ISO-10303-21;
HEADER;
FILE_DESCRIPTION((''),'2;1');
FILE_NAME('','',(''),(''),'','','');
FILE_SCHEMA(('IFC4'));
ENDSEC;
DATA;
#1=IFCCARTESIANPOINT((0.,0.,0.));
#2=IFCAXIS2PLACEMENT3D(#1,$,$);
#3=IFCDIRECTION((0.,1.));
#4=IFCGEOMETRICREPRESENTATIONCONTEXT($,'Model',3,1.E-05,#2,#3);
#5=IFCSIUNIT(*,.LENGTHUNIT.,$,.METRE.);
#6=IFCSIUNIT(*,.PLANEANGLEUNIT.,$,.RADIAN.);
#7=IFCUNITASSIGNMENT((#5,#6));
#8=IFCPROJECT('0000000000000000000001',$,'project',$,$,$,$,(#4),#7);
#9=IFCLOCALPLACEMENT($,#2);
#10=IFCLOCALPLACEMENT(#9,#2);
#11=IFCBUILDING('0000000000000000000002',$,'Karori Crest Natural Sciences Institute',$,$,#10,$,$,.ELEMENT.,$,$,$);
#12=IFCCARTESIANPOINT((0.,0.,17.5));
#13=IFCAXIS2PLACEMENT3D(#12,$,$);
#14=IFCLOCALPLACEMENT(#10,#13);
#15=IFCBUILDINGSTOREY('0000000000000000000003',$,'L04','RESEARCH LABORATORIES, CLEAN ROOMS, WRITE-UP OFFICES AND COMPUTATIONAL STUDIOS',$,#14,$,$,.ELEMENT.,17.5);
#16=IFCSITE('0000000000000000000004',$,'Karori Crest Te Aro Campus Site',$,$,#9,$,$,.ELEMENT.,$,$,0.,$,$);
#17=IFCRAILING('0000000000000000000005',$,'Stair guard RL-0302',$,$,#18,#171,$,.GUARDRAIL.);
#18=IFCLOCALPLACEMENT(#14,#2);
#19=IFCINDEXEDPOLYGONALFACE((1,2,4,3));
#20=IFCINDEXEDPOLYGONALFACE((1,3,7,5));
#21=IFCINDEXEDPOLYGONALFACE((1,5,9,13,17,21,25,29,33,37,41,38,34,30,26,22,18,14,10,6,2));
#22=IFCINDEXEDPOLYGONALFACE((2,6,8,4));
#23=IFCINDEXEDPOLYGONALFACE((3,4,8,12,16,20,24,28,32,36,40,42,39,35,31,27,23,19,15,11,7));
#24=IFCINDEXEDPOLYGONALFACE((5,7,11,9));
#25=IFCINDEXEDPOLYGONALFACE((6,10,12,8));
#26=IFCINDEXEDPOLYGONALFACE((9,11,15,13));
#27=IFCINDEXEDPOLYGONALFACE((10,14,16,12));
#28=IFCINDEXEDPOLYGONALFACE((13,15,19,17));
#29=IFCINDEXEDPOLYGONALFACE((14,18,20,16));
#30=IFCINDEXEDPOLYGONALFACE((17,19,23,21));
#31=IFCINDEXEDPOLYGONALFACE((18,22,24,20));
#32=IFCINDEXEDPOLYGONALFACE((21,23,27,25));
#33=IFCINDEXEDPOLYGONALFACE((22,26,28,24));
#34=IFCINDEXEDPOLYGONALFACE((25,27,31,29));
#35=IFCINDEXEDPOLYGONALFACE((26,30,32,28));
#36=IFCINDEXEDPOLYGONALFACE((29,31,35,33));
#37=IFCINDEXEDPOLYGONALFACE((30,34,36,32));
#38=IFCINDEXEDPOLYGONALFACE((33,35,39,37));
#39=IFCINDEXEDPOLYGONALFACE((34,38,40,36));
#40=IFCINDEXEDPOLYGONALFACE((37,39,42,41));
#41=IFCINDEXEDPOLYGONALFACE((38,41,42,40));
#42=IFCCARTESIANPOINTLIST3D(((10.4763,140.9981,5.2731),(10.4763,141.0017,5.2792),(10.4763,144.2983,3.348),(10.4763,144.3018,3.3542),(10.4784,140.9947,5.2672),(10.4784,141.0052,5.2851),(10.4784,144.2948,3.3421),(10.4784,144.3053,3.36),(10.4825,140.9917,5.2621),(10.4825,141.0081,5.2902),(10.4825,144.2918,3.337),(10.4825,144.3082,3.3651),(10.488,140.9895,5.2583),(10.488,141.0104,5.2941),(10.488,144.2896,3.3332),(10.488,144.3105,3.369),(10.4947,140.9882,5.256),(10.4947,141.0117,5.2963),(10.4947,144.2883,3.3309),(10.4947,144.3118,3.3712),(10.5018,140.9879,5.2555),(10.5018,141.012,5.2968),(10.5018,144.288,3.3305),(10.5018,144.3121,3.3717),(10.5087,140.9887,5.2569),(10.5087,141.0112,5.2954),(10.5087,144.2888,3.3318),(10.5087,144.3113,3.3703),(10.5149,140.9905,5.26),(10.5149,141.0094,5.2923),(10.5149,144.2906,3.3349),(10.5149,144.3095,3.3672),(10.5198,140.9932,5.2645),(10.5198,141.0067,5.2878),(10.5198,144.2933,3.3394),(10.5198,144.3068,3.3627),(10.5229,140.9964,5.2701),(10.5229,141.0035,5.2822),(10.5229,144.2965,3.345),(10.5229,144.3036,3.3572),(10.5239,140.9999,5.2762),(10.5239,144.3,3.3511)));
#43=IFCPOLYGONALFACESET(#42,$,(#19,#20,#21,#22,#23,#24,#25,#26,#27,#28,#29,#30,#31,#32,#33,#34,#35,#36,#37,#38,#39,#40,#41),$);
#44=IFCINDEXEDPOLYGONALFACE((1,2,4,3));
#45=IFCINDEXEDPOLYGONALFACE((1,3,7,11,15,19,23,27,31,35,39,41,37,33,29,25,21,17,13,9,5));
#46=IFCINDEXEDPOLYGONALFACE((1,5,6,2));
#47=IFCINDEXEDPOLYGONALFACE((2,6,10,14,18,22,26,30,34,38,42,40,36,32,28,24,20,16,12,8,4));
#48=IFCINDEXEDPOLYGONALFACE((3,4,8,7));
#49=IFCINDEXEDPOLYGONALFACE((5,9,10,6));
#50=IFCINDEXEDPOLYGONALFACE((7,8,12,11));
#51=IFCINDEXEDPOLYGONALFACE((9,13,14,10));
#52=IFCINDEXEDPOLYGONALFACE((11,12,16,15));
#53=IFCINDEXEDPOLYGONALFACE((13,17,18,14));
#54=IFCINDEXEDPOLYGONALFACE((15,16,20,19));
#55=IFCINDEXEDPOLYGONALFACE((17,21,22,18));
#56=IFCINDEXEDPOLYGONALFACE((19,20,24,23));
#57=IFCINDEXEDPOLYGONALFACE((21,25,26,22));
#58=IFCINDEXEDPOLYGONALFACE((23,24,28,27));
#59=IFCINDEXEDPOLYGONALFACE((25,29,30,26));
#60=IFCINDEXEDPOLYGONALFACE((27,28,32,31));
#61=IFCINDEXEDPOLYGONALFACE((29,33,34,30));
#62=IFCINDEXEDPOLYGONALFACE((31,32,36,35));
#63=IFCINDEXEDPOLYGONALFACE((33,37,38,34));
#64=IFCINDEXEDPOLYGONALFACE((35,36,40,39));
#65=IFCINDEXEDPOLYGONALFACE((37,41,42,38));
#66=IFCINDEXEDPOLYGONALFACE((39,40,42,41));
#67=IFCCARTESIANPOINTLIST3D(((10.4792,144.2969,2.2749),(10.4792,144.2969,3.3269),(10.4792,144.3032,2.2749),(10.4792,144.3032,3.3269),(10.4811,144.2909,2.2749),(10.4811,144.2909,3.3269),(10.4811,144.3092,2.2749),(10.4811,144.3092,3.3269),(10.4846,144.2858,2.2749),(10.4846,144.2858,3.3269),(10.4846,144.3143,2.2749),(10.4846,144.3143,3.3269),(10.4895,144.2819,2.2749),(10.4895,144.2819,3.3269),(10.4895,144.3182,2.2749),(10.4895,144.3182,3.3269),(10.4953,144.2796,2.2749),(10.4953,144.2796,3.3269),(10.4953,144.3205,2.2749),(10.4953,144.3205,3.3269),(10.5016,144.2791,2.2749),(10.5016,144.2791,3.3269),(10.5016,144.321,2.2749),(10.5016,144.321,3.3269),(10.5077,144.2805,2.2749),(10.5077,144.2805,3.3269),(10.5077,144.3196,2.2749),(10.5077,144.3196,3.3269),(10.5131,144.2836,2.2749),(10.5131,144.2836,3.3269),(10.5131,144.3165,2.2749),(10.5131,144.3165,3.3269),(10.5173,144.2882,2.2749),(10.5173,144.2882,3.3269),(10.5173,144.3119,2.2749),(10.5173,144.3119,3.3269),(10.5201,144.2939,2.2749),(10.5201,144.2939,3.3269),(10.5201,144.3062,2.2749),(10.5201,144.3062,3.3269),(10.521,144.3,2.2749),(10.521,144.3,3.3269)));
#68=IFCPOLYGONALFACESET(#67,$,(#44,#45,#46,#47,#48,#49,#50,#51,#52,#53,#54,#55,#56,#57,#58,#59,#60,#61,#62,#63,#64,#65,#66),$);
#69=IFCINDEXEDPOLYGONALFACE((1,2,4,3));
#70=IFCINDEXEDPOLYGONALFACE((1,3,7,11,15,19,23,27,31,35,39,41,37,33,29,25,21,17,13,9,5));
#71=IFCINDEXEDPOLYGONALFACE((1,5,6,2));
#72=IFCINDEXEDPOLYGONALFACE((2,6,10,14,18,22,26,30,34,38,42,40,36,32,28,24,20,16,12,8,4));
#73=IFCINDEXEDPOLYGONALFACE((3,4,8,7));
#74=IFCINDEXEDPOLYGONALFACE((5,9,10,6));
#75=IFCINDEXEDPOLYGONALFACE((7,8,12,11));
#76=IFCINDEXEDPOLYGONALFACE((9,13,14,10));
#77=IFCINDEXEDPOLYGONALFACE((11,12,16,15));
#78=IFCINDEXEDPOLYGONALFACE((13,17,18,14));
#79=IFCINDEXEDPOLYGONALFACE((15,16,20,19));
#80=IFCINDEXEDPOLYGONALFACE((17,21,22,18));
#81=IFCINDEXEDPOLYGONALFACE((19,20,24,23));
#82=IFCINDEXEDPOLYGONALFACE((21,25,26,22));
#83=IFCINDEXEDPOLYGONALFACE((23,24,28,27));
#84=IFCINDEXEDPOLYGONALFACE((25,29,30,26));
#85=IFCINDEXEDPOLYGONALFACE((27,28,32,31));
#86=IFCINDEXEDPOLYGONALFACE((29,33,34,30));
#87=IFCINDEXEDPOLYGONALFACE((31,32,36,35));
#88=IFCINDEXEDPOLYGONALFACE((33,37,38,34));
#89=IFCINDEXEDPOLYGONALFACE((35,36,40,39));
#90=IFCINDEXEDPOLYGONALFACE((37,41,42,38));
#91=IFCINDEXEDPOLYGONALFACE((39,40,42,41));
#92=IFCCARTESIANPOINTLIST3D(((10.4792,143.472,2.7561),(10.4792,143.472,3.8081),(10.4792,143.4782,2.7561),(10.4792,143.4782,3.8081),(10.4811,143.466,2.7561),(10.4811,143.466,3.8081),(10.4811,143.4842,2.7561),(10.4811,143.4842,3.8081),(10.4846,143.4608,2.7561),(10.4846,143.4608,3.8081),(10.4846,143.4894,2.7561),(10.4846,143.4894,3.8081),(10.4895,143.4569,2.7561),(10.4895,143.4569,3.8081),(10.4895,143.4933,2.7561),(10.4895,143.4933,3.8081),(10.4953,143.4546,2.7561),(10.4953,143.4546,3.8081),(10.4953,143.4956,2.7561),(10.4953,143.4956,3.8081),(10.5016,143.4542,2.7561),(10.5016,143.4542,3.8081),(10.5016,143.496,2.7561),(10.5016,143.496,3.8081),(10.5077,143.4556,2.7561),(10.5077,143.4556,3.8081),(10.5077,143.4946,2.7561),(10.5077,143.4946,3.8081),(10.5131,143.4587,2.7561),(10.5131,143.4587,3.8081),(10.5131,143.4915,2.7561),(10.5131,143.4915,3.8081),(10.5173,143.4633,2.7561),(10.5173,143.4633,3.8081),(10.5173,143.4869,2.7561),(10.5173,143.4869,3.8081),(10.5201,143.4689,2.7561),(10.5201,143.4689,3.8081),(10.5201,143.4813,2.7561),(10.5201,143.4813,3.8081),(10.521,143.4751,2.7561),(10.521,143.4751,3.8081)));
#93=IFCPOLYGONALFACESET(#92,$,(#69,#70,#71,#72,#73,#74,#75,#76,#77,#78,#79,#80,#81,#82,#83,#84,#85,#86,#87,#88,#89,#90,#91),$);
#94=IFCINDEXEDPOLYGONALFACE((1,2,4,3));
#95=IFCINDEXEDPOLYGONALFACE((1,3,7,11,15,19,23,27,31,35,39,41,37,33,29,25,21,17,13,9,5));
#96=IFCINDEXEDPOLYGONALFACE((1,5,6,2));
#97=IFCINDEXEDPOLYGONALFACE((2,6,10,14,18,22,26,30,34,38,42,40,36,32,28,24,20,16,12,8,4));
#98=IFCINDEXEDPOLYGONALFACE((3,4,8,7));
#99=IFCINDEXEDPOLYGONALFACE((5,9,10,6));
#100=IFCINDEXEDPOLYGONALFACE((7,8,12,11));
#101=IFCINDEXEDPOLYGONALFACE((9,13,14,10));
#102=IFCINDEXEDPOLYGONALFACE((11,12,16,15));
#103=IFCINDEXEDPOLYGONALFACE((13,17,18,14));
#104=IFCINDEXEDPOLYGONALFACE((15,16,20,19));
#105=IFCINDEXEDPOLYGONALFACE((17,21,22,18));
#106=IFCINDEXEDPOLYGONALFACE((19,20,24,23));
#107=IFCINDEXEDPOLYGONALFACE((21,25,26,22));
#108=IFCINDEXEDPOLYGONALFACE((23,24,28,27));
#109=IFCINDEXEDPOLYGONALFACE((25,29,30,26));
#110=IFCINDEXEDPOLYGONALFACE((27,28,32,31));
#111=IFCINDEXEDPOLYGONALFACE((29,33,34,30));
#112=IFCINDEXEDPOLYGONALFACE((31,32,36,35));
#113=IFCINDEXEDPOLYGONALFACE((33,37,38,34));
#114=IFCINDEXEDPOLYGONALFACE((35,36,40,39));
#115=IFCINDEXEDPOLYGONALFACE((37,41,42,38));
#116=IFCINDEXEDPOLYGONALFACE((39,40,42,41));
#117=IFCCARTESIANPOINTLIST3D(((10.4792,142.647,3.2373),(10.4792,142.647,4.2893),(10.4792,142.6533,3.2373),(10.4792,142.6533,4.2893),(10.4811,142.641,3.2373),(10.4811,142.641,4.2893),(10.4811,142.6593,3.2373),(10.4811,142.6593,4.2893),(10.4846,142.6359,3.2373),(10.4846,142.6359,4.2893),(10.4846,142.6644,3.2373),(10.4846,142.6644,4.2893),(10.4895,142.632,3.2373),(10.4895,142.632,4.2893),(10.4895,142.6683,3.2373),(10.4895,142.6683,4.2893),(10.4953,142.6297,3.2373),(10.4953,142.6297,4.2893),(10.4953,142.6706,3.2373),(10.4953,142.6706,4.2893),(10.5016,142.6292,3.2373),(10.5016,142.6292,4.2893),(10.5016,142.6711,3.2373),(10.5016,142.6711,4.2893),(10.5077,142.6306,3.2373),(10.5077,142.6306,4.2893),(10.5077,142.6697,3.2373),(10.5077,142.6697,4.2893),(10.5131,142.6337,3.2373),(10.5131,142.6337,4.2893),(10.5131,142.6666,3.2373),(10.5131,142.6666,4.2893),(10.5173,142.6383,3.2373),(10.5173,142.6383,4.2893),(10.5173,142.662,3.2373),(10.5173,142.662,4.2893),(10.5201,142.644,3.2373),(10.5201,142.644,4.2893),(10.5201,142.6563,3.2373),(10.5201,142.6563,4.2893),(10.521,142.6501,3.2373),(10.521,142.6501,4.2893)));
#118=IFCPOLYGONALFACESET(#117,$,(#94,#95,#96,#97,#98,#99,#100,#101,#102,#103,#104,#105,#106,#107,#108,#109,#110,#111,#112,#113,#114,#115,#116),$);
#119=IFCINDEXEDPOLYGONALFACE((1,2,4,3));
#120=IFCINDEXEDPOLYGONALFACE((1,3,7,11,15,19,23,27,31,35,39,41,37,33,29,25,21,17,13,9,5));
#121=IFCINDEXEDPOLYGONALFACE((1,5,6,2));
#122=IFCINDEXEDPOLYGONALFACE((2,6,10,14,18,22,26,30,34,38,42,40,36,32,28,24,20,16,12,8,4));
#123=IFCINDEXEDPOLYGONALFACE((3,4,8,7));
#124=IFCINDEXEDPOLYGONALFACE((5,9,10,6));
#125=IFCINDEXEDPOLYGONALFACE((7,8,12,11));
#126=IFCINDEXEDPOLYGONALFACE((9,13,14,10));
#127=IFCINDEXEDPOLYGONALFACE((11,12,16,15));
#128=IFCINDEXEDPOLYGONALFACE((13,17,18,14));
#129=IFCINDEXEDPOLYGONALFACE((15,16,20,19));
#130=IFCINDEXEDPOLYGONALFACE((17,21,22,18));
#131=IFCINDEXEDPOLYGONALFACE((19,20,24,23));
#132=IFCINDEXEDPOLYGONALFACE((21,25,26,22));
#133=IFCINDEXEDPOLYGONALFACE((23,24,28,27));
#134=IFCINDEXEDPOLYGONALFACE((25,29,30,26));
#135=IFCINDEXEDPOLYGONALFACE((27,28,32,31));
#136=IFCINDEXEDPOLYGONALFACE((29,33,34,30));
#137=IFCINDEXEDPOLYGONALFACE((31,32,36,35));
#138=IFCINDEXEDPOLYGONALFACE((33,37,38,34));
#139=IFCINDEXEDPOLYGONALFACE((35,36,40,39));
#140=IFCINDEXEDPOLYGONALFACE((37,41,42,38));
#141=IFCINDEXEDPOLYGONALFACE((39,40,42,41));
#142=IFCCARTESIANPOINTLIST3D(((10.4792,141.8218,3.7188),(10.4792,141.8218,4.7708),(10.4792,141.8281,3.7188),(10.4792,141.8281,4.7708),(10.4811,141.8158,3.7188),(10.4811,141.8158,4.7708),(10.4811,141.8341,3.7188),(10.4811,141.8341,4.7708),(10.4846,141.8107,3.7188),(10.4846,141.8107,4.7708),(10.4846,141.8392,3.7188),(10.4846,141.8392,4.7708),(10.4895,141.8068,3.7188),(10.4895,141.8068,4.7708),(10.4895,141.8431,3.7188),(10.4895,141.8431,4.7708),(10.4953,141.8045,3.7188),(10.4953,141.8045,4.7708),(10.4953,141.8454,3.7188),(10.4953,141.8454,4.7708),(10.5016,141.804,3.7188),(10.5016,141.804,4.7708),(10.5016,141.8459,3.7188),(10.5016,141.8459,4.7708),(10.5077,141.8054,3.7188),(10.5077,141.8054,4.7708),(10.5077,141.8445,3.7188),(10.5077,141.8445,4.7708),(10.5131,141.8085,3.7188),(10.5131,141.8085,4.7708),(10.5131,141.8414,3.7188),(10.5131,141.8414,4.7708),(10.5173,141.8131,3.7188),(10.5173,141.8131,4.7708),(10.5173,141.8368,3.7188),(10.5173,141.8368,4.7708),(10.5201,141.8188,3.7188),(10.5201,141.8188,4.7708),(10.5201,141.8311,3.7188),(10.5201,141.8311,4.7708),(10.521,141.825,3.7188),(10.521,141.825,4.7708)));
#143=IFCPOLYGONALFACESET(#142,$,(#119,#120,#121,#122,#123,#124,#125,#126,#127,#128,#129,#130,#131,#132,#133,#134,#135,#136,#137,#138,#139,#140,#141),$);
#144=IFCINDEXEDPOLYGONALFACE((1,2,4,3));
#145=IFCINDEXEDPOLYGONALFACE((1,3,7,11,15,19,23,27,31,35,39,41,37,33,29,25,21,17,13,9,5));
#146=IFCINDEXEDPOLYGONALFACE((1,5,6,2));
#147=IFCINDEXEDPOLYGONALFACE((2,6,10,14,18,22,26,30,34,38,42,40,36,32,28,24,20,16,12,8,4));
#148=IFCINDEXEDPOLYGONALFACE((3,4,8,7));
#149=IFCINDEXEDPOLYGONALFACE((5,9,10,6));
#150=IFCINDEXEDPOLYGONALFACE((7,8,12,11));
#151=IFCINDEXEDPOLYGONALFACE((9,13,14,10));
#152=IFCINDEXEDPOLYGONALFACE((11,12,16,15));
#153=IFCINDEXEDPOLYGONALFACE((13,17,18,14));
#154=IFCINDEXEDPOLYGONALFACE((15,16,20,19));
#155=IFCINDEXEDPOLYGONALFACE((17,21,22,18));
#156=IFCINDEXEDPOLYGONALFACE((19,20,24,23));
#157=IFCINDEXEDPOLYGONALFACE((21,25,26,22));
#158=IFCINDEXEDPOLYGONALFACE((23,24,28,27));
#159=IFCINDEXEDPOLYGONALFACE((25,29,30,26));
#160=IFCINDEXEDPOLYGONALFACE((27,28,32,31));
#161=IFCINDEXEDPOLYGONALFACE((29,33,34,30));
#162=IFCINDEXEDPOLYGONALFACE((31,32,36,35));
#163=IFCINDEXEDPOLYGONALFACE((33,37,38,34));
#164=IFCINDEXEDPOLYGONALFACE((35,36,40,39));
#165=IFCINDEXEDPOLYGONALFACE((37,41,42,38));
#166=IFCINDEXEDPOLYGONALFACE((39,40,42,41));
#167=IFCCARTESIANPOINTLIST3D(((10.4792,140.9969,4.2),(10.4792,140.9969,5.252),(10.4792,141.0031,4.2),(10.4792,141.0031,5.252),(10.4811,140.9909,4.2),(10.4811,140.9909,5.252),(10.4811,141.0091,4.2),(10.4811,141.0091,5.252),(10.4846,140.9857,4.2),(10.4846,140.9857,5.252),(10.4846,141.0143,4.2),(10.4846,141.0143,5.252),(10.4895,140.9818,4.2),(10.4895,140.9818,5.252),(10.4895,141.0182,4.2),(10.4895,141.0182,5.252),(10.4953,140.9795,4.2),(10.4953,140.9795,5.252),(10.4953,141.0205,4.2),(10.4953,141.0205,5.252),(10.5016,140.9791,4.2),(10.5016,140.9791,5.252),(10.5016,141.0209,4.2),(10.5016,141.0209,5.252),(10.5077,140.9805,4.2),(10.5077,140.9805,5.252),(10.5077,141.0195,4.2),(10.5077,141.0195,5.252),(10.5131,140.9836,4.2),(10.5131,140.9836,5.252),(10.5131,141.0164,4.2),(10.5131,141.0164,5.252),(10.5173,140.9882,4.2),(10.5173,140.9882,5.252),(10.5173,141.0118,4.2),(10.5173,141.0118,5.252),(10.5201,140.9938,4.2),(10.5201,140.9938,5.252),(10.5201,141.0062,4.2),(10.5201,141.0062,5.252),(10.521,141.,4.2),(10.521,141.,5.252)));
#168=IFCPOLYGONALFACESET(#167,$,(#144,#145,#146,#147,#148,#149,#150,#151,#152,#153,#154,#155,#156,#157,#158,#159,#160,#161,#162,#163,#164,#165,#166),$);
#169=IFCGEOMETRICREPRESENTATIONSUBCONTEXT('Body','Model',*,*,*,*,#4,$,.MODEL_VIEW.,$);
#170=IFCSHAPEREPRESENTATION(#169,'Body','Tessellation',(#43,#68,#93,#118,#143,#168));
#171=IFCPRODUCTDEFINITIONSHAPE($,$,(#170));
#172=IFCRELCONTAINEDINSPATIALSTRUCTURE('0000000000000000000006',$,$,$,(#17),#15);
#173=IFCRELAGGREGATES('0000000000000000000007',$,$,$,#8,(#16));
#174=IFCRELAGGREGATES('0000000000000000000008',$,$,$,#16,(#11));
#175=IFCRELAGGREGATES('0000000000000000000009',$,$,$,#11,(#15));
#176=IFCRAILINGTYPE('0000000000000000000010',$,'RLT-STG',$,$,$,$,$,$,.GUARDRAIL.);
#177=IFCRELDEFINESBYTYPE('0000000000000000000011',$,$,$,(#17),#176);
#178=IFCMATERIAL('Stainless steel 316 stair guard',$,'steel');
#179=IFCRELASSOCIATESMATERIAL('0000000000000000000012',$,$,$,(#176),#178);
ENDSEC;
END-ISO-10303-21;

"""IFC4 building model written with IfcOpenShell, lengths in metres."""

from ifc_helpers import new_model, si_unit, direction, frame, origin, origin_2d, place, context, subcontext, project, spatial, circle, extrude, material, type_object, element, save


model = new_model("IFC4")

# Units and contexts
model_context = context("Model", 3, precision=1e-05, world=origin(), true_north=direction((0.0, 1.0)))
body_context = subcontext(model_context, "Body", "Model", "MODEL_VIEW")
ifc_project = project(units=[si_unit("LENGTHUNIT", "METRE"), si_unit("PLANEANGLEUNIT", "RADIAN")], contexts=[model_context])

# Site, building, storey
site_placement = place(None, origin())
site = spatial("IfcSite", under=ifc_project, at=site_placement, Name="Karori Crest Te Aro Campus Site", CompositionType="ELEMENT", RefElevation=0.0)
building_placement = place(site_placement, origin())
building = spatial("IfcBuilding", under=site, at=building_placement, Name="Karori Crest Natural Sciences Institute", CompositionType="ELEMENT")
storey_placement = place(building_placement, frame((0.0, 0.0, 17.5)))
storey = spatial("IfcBuildingStorey", under=building, at=storey_placement, Name="L04", Description="RESEARCH LABORATORIES, CLEAN ROOMS, WRITE-UP OFFICES AND COMPUTATIONAL STUDIOS", CompositionType="ELEMENT", Elevation=17.5)

# Railing
ifc_material_1 = material(Name="Stainless steel 316 stair guard", Category="steel")
railing_type_1 = type_object("IfcRailingType", Name="RLT-STG", PredefinedType="GUARDRAIL", material=ifc_material_1)
railing_1_placement = place(storey_placement, frame((10.5, 144.3, 2.2749)))
element("IfcRailing", 1, at=railing_1_placement, inside=storey, type_object=railing_type_1, Name="Stair guard RL-0302", PredefinedType="GUARDRAIL", context=body_context, shape_type="SweptSolid", body=[
    extrude(circle(Radius=0.0239, at=origin_2d()), frame((0.0, 0.0, 1.0762), z_axis=(0.0, -0.863777, 0.503875), x_axis=(1.0, 0.0, 0.0)), (0.0, 0.0, 1.0), 3.8206),
    extrude(circle(Radius=0.021, at=origin_2d()), origin(), (0.0, 0.0, 1.0), 1.052),
    extrude(circle(Radius=0.021, at=origin_2d()), frame((0.0, -0.825, 0.4812)), (0.0, 0.0, 1.0), 1.052),
    extrude(circle(Radius=0.021, at=origin_2d()), frame((0.0, -1.6499, 0.9624)), (0.0, 0.0, 1.0), 1.052),
    extrude(circle(Radius=0.021, at=origin_2d()), frame((0.0, -2.4751, 1.4438)), (0.0, 0.0, 1.0), 1.052),
    extrude(circle(Radius=0.021, at=origin_2d()), frame((0.0, -3.3, 1.925)), (0.0, 0.0, 1.0), 1.052),
])

save(model, "model.ifc")
